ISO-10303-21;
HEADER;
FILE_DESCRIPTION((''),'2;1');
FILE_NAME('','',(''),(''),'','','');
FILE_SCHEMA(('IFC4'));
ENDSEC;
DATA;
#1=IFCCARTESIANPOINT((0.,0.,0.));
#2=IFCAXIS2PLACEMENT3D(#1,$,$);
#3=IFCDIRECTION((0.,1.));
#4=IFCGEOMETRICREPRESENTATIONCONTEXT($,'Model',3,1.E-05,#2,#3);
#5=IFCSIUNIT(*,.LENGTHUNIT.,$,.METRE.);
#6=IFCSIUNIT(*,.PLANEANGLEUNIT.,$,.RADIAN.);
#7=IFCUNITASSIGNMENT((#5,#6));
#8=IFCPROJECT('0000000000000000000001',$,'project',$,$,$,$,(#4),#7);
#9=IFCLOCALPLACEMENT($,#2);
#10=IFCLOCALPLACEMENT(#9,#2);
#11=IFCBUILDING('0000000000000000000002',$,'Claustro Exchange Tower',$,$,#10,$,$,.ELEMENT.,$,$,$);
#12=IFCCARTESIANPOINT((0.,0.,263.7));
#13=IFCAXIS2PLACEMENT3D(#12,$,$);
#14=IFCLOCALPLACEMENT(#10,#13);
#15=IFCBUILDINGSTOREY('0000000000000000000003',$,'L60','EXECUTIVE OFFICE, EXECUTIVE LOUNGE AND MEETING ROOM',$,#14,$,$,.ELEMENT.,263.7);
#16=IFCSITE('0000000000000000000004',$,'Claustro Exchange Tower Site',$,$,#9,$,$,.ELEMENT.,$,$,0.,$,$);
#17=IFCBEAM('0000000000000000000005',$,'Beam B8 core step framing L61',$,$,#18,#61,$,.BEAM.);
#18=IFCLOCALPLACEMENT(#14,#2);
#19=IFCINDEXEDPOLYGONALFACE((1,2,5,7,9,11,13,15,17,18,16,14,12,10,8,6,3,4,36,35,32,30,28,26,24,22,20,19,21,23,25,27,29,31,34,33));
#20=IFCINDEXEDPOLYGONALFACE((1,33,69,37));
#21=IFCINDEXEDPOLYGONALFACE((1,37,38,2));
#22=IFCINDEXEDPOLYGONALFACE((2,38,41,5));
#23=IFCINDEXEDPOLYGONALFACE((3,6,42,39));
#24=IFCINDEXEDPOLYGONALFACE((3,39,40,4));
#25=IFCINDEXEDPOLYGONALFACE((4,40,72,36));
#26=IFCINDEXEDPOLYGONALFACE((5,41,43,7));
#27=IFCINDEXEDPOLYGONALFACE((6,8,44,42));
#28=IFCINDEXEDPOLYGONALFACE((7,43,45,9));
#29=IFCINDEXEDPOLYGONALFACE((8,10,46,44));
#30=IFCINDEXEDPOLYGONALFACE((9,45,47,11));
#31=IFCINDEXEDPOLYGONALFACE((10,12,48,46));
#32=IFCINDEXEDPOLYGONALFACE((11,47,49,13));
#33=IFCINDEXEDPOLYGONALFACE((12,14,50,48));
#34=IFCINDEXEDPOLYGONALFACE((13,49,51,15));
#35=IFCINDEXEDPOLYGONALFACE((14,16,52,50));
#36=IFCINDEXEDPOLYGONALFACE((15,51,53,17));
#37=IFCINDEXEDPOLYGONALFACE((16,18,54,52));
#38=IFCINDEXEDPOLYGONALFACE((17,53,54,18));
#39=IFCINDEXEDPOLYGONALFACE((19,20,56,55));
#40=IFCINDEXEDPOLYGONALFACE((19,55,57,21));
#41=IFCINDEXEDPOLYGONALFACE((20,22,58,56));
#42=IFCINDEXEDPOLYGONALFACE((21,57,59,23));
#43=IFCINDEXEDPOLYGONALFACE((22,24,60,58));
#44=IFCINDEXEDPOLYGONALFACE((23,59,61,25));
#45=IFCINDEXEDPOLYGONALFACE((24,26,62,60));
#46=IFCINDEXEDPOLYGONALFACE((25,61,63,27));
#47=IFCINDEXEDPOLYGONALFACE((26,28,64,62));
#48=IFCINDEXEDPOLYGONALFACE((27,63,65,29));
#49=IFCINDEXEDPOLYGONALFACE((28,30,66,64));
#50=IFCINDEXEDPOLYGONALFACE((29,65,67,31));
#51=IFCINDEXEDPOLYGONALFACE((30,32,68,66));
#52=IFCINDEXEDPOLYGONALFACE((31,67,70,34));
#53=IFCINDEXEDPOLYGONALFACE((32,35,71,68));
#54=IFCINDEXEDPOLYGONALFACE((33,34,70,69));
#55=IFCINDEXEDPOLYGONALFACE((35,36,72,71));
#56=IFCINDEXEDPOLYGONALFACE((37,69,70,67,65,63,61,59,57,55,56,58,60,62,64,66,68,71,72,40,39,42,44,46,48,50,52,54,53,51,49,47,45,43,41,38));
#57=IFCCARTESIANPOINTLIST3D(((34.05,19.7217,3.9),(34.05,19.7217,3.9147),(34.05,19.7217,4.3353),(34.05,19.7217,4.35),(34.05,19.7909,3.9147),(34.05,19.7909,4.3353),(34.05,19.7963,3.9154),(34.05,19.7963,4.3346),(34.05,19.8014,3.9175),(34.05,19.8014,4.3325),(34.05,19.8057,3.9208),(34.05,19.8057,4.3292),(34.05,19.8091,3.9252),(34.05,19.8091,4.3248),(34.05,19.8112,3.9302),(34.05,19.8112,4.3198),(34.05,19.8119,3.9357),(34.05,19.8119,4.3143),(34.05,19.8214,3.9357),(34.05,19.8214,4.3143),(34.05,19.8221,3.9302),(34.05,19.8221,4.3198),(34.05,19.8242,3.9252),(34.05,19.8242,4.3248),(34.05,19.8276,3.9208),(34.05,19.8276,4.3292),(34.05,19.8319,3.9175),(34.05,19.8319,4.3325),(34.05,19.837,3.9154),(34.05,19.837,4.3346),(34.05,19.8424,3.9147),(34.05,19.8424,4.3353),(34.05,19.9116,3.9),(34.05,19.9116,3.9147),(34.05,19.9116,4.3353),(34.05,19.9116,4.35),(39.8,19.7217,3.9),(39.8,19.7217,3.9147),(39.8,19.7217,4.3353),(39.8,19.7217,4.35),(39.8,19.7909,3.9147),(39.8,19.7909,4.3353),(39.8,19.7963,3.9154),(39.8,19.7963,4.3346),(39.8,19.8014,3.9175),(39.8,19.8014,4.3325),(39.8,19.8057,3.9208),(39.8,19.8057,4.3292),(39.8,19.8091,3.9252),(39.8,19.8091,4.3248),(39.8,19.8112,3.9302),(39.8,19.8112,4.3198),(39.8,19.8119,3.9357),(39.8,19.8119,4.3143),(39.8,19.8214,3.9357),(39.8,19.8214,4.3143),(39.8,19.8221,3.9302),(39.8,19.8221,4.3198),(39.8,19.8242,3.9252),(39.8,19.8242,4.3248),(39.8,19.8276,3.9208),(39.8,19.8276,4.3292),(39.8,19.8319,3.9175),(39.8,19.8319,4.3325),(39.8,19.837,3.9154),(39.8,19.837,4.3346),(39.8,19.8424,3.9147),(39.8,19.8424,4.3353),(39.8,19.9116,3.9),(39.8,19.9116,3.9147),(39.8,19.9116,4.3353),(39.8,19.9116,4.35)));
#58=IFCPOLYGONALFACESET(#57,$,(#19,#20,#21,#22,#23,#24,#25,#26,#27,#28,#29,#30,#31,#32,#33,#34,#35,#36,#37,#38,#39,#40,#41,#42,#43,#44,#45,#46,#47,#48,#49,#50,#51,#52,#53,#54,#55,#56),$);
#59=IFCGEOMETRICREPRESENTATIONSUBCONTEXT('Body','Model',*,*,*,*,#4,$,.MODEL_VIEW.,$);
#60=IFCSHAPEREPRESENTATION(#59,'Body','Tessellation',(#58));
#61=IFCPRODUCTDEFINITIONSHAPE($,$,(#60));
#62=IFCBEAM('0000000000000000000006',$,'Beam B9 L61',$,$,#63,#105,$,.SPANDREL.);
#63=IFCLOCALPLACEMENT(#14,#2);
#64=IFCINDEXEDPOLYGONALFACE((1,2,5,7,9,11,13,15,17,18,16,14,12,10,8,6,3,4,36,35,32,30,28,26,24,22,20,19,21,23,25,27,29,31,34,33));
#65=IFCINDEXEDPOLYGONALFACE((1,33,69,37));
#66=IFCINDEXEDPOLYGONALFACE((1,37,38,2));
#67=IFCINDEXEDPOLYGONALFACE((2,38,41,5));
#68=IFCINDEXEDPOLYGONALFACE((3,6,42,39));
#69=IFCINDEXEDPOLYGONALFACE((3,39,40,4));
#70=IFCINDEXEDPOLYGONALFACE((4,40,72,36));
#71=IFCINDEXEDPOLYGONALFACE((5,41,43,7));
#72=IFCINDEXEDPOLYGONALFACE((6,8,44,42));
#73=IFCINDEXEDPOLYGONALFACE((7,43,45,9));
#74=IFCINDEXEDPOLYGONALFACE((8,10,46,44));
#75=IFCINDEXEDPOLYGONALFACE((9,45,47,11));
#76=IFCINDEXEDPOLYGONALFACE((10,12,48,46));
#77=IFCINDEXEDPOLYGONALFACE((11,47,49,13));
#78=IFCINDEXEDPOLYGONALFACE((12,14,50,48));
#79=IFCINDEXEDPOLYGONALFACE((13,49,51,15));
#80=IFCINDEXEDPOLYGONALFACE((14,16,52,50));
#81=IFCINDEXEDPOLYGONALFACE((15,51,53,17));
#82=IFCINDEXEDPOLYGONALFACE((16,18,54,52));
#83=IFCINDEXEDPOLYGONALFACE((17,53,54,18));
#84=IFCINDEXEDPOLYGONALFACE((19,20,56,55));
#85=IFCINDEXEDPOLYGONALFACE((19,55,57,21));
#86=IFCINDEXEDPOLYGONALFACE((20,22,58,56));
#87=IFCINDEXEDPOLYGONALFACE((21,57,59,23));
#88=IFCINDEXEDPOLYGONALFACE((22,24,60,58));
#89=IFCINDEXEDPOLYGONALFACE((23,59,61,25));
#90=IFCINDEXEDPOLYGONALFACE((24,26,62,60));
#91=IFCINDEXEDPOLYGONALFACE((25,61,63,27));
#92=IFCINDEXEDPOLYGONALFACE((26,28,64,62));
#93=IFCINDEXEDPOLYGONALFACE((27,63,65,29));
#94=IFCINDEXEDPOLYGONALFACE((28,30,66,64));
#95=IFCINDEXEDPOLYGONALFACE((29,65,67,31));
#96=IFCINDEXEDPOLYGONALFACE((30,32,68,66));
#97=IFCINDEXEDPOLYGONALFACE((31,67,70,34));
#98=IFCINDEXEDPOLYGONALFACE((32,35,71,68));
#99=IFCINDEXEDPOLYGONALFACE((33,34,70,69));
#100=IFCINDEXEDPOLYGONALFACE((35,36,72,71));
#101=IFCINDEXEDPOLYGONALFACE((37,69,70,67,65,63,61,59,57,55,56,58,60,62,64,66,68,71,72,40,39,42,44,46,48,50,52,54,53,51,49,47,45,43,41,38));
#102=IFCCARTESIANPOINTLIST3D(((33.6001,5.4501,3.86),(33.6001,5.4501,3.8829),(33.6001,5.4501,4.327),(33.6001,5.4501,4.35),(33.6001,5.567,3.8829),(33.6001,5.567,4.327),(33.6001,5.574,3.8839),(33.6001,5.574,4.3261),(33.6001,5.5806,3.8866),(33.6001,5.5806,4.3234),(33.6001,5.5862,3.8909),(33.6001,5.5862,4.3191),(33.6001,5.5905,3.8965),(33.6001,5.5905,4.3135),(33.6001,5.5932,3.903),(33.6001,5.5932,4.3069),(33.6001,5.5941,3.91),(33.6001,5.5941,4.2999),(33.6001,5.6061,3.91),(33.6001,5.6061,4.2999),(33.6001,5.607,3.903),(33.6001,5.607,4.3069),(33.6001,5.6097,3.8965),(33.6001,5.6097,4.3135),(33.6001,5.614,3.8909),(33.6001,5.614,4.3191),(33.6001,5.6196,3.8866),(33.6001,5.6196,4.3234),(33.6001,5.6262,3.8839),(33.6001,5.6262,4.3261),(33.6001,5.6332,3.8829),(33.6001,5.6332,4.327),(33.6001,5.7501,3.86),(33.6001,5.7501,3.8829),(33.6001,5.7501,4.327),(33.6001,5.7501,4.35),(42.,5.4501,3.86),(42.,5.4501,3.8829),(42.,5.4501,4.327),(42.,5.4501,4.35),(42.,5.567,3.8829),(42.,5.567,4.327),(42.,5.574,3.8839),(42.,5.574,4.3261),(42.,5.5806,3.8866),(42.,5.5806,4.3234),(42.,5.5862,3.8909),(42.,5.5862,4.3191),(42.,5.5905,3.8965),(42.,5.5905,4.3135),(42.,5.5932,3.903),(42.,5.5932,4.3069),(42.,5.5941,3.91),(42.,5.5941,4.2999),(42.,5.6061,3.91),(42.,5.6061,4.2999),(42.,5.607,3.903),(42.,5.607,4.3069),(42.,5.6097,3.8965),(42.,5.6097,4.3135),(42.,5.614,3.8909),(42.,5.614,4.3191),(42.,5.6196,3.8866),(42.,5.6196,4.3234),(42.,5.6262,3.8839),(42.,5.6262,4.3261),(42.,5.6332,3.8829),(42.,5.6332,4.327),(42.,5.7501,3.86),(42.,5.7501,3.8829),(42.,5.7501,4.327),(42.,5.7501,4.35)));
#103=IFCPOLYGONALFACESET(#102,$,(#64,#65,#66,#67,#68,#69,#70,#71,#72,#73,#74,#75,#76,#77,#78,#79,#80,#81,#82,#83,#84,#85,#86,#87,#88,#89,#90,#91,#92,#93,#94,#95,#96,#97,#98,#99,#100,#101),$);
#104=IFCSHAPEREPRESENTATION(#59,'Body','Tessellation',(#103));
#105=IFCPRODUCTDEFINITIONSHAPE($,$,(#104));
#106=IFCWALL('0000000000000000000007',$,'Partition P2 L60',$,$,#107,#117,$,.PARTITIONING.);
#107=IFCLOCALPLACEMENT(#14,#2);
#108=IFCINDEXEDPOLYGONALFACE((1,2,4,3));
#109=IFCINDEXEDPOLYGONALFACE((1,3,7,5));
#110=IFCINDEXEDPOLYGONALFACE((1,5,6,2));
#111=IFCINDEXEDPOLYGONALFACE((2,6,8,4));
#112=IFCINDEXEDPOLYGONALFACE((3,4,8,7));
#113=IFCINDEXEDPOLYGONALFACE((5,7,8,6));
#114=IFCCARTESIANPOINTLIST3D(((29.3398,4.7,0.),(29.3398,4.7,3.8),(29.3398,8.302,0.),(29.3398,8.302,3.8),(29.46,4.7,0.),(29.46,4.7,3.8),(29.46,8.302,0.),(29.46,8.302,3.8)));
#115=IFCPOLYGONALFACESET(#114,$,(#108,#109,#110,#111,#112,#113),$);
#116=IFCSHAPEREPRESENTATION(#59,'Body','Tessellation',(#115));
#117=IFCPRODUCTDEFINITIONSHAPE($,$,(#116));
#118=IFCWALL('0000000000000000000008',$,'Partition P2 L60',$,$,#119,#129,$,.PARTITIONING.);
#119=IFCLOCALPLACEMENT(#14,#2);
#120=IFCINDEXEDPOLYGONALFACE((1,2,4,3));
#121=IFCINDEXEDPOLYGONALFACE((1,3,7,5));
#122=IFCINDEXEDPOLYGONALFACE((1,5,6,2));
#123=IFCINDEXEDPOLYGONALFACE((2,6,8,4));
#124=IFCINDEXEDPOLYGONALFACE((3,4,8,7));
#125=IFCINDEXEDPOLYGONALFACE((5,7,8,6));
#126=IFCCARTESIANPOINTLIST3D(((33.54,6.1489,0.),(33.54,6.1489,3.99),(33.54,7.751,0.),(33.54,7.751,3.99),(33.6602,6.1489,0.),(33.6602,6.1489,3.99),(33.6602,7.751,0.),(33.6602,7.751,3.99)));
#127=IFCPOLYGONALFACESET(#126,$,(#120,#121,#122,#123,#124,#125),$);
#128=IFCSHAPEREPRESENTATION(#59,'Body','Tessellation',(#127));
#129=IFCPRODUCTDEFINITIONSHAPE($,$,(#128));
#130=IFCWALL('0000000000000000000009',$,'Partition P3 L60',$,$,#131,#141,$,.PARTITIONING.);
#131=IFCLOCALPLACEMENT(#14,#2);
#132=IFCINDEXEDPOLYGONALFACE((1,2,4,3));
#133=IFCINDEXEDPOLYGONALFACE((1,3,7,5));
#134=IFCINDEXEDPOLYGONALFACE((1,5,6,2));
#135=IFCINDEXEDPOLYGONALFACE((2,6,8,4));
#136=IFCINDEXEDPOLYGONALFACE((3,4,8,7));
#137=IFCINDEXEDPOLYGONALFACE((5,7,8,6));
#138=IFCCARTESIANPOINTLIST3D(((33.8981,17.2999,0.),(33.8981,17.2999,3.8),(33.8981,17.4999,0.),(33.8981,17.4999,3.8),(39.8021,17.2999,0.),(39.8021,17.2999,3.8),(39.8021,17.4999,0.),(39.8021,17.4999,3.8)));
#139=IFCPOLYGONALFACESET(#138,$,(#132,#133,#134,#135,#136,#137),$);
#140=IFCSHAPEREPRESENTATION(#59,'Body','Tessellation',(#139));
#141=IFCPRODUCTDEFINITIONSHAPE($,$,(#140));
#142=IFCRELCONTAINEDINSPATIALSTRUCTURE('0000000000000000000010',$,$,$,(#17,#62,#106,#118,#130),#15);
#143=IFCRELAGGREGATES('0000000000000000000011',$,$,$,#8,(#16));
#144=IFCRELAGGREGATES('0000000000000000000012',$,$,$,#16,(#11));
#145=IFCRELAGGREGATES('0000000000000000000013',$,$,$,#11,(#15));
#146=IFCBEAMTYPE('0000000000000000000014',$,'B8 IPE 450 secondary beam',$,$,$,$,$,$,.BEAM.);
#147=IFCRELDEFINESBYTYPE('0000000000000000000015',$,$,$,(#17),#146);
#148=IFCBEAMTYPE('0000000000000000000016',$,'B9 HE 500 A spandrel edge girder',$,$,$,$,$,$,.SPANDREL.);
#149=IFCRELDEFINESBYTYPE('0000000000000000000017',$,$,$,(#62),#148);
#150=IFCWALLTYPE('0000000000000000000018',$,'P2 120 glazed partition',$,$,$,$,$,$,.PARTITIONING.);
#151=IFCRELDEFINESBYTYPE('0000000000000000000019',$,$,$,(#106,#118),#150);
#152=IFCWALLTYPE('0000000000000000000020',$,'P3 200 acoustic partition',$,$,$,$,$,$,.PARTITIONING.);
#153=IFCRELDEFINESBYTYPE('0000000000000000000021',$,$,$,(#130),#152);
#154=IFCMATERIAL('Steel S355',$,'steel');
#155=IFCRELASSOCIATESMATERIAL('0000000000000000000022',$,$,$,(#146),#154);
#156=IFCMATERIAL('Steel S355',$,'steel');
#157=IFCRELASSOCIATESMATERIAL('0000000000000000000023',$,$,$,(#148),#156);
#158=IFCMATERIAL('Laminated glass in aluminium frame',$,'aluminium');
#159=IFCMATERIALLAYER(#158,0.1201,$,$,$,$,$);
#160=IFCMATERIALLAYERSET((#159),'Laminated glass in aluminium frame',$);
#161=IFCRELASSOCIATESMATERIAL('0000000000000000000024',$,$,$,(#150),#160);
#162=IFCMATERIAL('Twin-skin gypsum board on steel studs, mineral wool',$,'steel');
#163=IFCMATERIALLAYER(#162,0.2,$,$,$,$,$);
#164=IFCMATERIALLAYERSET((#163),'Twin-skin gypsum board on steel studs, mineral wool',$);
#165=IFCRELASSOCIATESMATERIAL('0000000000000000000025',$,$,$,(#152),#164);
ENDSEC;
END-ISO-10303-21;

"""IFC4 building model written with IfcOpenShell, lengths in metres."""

from ifc_helpers import new_model, si_unit, direction, frame, frame_2d, origin, origin_2d, place, context, subcontext, project, spatial, rectangle, i_section, extrude, material, layer, layer_set, material_profile, profile_set, type_object, element, save


model = new_model("IFC4")

# Units and contexts
model_context = context("Model", 3, precision=1e-05, world=origin(), true_north=direction((0.0, 1.0)))
body_context = subcontext(model_context, "Body", "Model", "MODEL_VIEW")
ifc_project = project(units=[si_unit("LENGTHUNIT", "METRE"), si_unit("PLANEANGLEUNIT", "RADIAN")], contexts=[model_context])

# Site, building, storey
site_placement = place(None, origin())
site = spatial("IfcSite", under=ifc_project, at=site_placement, Name="Claustro Exchange Tower Site", CompositionType="ELEMENT", RefElevation=0.0)
building_placement = place(site_placement, origin())
building = spatial("IfcBuilding", under=site, at=building_placement, Name="Claustro Exchange Tower", CompositionType="ELEMENT")
storey_placement = place(building_placement, frame((0.0, 0.0, 263.7)))
storey = spatial("IfcBuildingStorey", under=building, at=storey_placement, Name="L60", Description="EXECUTIVE OFFICE, EXECUTIVE LOUNGE AND MEETING ROOM", CompositionType="ELEMENT", Elevation=263.7)

# Beams
ifc_material_1 = material(Name="Steel S355", Category="steel")
ifc_material_profile_1 = material_profile(ifc_material_1, i_section(OverallWidth=0.1899, OverallDepth=0.45, WebThickness=0.0095, FlangeThickness=0.0146, FilletRadius=0.021, at=origin_2d()), Name="IPE 450")
ifc_profile_set_1 = profile_set([ifc_material_profile_1], Name="Steel S355")
beam_type_1 = type_object("IfcBeamType", Name="B8 IPE 450 secondary beam", PredefinedType="BEAM", material=ifc_profile_set_1)
for number, where, z_axis, x_axis, name in (
    (1, (34.05, 19.8167, 4.125), (1.0, 0.0, 0.0), (0.0, 1.0, 0.0), "Beam B8 core step framing L61"),
):
    element("IfcBeam", number, at=place(storey_placement, frame(where, z_axis=z_axis, x_axis=x_axis)), inside=storey, type_object=beam_type_1, Name=name, PredefinedType="BEAM", context=body_context, shape_type="SweptSolid", body=[
        extrude(i_section(OverallWidth=0.1899, OverallDepth=0.45, WebThickness=0.0095, FlangeThickness=0.0146, FilletRadius=0.021, at=origin_2d()), origin(), (0.0, 0.0, 1.0), 5.75),
    ])
ifc_material_2 = material(Name="Steel S355", Category="steel")
ifc_material_profile_2 = material_profile(ifc_material_2, i_section(OverallWidth=0.3, OverallDepth=0.49, WebThickness=0.012, FlangeThickness=0.0229, FilletRadius=0.0271, at=origin_2d()), Name="HE 500 A")
ifc_profile_set_2 = profile_set([ifc_material_profile_2], Name="Steel S355")
beam_type_2 = type_object("IfcBeamType", Name="B9 HE 500 A spandrel edge girder", PredefinedType="SPANDREL", material=ifc_profile_set_2)
beam_1_placement = place(storey_placement, frame((33.6001, 5.6001, 4.105), z_axis=(1.0, 0.0, 0.0), x_axis=(0.0, 1.0, 0.0)))
element("IfcBeam", 2, at=beam_1_placement, inside=storey, type_object=beam_type_2, Name="Beam B9 L61", PredefinedType="SPANDREL", context=body_context, shape_type="SweptSolid", body=[
    extrude(i_section(OverallWidth=0.3, OverallDepth=0.49, WebThickness=0.012, FlangeThickness=0.0229, FilletRadius=0.0271, at=origin_2d()), origin(), (0.0, 0.0, 1.0), 8.3999),
])

# Walls
ifc_material_3 = material(Name="Laminated glass in aluminium frame", Category="aluminium")
ifc_layer_1 = layer(ifc_material_3, 0.1201)
ifc_layer_set_1 = layer_set([ifc_layer_1], Name="Laminated glass in aluminium frame")
wall_type_1 = type_object("IfcWallType", Name="P2 120 glazed partition", PredefinedType="PARTITIONING", material=ifc_layer_set_1)
wall_1_placement = place(storey_placement, frame((29.3999, 4.7, 0.0), z_axis=(0.0, 0.0, 1.0), x_axis=(0.0, 1.0, 0.0)))
element("IfcWall", 3, at=wall_1_placement, inside=storey, type_object=wall_type_1, Name="Partition P2 L60", PredefinedType="PARTITIONING", context=body_context, shape_type="SweptSolid", body=[
    extrude(rectangle(XDim=3.6021, YDim=0.1201, at=frame_2d((1.801, 0.0))), origin(), (0.0, 0.0, 1.0), 3.8),
])
wall_2_placement = place(storey_placement, frame((33.6001, 6.1489, 0.0), z_axis=(0.0, 0.0, 1.0), x_axis=(0.0, 1.0, 0.0)))
element("IfcWall", 4, at=wall_2_placement, inside=storey, type_object=wall_type_1, Name="Partition P2 L60", PredefinedType="PARTITIONING", context=body_context, shape_type="SweptSolid", body=[
    extrude(rectangle(XDim=1.6021, YDim=0.1201, at=frame_2d((0.801, 0.0))), origin(), (0.0, 0.0, 1.0), 3.99),
])
ifc_material_4 = material(Name="Twin-skin gypsum board on steel studs, mineral wool", Category="steel")
ifc_layer_2 = layer(ifc_material_4, 0.2)
ifc_layer_set_2 = layer_set([ifc_layer_2], Name="Twin-skin gypsum board on steel studs, mineral wool")
wall_type_2 = type_object("IfcWallType", Name="P3 200 acoustic partition", PredefinedType="PARTITIONING", material=ifc_layer_set_2)
wall_3_placement = place(storey_placement, frame((33.8979, 17.3999, 0.0), z_axis=(0.0, 0.0, 1.0), x_axis=(1.0, 0.0, 0.0)))
element("IfcWall", 5, at=wall_3_placement, inside=storey, type_object=wall_type_2, Name="Partition P3 L60", PredefinedType="PARTITIONING", context=body_context, shape_type="SweptSolid", body=[
    extrude(rectangle(XDim=5.9041, YDim=0.2, at=frame_2d((2.9521, 0.0))), origin(), (0.0, 0.0, 1.0), 3.8),
])

save(model, "model.ifc")
